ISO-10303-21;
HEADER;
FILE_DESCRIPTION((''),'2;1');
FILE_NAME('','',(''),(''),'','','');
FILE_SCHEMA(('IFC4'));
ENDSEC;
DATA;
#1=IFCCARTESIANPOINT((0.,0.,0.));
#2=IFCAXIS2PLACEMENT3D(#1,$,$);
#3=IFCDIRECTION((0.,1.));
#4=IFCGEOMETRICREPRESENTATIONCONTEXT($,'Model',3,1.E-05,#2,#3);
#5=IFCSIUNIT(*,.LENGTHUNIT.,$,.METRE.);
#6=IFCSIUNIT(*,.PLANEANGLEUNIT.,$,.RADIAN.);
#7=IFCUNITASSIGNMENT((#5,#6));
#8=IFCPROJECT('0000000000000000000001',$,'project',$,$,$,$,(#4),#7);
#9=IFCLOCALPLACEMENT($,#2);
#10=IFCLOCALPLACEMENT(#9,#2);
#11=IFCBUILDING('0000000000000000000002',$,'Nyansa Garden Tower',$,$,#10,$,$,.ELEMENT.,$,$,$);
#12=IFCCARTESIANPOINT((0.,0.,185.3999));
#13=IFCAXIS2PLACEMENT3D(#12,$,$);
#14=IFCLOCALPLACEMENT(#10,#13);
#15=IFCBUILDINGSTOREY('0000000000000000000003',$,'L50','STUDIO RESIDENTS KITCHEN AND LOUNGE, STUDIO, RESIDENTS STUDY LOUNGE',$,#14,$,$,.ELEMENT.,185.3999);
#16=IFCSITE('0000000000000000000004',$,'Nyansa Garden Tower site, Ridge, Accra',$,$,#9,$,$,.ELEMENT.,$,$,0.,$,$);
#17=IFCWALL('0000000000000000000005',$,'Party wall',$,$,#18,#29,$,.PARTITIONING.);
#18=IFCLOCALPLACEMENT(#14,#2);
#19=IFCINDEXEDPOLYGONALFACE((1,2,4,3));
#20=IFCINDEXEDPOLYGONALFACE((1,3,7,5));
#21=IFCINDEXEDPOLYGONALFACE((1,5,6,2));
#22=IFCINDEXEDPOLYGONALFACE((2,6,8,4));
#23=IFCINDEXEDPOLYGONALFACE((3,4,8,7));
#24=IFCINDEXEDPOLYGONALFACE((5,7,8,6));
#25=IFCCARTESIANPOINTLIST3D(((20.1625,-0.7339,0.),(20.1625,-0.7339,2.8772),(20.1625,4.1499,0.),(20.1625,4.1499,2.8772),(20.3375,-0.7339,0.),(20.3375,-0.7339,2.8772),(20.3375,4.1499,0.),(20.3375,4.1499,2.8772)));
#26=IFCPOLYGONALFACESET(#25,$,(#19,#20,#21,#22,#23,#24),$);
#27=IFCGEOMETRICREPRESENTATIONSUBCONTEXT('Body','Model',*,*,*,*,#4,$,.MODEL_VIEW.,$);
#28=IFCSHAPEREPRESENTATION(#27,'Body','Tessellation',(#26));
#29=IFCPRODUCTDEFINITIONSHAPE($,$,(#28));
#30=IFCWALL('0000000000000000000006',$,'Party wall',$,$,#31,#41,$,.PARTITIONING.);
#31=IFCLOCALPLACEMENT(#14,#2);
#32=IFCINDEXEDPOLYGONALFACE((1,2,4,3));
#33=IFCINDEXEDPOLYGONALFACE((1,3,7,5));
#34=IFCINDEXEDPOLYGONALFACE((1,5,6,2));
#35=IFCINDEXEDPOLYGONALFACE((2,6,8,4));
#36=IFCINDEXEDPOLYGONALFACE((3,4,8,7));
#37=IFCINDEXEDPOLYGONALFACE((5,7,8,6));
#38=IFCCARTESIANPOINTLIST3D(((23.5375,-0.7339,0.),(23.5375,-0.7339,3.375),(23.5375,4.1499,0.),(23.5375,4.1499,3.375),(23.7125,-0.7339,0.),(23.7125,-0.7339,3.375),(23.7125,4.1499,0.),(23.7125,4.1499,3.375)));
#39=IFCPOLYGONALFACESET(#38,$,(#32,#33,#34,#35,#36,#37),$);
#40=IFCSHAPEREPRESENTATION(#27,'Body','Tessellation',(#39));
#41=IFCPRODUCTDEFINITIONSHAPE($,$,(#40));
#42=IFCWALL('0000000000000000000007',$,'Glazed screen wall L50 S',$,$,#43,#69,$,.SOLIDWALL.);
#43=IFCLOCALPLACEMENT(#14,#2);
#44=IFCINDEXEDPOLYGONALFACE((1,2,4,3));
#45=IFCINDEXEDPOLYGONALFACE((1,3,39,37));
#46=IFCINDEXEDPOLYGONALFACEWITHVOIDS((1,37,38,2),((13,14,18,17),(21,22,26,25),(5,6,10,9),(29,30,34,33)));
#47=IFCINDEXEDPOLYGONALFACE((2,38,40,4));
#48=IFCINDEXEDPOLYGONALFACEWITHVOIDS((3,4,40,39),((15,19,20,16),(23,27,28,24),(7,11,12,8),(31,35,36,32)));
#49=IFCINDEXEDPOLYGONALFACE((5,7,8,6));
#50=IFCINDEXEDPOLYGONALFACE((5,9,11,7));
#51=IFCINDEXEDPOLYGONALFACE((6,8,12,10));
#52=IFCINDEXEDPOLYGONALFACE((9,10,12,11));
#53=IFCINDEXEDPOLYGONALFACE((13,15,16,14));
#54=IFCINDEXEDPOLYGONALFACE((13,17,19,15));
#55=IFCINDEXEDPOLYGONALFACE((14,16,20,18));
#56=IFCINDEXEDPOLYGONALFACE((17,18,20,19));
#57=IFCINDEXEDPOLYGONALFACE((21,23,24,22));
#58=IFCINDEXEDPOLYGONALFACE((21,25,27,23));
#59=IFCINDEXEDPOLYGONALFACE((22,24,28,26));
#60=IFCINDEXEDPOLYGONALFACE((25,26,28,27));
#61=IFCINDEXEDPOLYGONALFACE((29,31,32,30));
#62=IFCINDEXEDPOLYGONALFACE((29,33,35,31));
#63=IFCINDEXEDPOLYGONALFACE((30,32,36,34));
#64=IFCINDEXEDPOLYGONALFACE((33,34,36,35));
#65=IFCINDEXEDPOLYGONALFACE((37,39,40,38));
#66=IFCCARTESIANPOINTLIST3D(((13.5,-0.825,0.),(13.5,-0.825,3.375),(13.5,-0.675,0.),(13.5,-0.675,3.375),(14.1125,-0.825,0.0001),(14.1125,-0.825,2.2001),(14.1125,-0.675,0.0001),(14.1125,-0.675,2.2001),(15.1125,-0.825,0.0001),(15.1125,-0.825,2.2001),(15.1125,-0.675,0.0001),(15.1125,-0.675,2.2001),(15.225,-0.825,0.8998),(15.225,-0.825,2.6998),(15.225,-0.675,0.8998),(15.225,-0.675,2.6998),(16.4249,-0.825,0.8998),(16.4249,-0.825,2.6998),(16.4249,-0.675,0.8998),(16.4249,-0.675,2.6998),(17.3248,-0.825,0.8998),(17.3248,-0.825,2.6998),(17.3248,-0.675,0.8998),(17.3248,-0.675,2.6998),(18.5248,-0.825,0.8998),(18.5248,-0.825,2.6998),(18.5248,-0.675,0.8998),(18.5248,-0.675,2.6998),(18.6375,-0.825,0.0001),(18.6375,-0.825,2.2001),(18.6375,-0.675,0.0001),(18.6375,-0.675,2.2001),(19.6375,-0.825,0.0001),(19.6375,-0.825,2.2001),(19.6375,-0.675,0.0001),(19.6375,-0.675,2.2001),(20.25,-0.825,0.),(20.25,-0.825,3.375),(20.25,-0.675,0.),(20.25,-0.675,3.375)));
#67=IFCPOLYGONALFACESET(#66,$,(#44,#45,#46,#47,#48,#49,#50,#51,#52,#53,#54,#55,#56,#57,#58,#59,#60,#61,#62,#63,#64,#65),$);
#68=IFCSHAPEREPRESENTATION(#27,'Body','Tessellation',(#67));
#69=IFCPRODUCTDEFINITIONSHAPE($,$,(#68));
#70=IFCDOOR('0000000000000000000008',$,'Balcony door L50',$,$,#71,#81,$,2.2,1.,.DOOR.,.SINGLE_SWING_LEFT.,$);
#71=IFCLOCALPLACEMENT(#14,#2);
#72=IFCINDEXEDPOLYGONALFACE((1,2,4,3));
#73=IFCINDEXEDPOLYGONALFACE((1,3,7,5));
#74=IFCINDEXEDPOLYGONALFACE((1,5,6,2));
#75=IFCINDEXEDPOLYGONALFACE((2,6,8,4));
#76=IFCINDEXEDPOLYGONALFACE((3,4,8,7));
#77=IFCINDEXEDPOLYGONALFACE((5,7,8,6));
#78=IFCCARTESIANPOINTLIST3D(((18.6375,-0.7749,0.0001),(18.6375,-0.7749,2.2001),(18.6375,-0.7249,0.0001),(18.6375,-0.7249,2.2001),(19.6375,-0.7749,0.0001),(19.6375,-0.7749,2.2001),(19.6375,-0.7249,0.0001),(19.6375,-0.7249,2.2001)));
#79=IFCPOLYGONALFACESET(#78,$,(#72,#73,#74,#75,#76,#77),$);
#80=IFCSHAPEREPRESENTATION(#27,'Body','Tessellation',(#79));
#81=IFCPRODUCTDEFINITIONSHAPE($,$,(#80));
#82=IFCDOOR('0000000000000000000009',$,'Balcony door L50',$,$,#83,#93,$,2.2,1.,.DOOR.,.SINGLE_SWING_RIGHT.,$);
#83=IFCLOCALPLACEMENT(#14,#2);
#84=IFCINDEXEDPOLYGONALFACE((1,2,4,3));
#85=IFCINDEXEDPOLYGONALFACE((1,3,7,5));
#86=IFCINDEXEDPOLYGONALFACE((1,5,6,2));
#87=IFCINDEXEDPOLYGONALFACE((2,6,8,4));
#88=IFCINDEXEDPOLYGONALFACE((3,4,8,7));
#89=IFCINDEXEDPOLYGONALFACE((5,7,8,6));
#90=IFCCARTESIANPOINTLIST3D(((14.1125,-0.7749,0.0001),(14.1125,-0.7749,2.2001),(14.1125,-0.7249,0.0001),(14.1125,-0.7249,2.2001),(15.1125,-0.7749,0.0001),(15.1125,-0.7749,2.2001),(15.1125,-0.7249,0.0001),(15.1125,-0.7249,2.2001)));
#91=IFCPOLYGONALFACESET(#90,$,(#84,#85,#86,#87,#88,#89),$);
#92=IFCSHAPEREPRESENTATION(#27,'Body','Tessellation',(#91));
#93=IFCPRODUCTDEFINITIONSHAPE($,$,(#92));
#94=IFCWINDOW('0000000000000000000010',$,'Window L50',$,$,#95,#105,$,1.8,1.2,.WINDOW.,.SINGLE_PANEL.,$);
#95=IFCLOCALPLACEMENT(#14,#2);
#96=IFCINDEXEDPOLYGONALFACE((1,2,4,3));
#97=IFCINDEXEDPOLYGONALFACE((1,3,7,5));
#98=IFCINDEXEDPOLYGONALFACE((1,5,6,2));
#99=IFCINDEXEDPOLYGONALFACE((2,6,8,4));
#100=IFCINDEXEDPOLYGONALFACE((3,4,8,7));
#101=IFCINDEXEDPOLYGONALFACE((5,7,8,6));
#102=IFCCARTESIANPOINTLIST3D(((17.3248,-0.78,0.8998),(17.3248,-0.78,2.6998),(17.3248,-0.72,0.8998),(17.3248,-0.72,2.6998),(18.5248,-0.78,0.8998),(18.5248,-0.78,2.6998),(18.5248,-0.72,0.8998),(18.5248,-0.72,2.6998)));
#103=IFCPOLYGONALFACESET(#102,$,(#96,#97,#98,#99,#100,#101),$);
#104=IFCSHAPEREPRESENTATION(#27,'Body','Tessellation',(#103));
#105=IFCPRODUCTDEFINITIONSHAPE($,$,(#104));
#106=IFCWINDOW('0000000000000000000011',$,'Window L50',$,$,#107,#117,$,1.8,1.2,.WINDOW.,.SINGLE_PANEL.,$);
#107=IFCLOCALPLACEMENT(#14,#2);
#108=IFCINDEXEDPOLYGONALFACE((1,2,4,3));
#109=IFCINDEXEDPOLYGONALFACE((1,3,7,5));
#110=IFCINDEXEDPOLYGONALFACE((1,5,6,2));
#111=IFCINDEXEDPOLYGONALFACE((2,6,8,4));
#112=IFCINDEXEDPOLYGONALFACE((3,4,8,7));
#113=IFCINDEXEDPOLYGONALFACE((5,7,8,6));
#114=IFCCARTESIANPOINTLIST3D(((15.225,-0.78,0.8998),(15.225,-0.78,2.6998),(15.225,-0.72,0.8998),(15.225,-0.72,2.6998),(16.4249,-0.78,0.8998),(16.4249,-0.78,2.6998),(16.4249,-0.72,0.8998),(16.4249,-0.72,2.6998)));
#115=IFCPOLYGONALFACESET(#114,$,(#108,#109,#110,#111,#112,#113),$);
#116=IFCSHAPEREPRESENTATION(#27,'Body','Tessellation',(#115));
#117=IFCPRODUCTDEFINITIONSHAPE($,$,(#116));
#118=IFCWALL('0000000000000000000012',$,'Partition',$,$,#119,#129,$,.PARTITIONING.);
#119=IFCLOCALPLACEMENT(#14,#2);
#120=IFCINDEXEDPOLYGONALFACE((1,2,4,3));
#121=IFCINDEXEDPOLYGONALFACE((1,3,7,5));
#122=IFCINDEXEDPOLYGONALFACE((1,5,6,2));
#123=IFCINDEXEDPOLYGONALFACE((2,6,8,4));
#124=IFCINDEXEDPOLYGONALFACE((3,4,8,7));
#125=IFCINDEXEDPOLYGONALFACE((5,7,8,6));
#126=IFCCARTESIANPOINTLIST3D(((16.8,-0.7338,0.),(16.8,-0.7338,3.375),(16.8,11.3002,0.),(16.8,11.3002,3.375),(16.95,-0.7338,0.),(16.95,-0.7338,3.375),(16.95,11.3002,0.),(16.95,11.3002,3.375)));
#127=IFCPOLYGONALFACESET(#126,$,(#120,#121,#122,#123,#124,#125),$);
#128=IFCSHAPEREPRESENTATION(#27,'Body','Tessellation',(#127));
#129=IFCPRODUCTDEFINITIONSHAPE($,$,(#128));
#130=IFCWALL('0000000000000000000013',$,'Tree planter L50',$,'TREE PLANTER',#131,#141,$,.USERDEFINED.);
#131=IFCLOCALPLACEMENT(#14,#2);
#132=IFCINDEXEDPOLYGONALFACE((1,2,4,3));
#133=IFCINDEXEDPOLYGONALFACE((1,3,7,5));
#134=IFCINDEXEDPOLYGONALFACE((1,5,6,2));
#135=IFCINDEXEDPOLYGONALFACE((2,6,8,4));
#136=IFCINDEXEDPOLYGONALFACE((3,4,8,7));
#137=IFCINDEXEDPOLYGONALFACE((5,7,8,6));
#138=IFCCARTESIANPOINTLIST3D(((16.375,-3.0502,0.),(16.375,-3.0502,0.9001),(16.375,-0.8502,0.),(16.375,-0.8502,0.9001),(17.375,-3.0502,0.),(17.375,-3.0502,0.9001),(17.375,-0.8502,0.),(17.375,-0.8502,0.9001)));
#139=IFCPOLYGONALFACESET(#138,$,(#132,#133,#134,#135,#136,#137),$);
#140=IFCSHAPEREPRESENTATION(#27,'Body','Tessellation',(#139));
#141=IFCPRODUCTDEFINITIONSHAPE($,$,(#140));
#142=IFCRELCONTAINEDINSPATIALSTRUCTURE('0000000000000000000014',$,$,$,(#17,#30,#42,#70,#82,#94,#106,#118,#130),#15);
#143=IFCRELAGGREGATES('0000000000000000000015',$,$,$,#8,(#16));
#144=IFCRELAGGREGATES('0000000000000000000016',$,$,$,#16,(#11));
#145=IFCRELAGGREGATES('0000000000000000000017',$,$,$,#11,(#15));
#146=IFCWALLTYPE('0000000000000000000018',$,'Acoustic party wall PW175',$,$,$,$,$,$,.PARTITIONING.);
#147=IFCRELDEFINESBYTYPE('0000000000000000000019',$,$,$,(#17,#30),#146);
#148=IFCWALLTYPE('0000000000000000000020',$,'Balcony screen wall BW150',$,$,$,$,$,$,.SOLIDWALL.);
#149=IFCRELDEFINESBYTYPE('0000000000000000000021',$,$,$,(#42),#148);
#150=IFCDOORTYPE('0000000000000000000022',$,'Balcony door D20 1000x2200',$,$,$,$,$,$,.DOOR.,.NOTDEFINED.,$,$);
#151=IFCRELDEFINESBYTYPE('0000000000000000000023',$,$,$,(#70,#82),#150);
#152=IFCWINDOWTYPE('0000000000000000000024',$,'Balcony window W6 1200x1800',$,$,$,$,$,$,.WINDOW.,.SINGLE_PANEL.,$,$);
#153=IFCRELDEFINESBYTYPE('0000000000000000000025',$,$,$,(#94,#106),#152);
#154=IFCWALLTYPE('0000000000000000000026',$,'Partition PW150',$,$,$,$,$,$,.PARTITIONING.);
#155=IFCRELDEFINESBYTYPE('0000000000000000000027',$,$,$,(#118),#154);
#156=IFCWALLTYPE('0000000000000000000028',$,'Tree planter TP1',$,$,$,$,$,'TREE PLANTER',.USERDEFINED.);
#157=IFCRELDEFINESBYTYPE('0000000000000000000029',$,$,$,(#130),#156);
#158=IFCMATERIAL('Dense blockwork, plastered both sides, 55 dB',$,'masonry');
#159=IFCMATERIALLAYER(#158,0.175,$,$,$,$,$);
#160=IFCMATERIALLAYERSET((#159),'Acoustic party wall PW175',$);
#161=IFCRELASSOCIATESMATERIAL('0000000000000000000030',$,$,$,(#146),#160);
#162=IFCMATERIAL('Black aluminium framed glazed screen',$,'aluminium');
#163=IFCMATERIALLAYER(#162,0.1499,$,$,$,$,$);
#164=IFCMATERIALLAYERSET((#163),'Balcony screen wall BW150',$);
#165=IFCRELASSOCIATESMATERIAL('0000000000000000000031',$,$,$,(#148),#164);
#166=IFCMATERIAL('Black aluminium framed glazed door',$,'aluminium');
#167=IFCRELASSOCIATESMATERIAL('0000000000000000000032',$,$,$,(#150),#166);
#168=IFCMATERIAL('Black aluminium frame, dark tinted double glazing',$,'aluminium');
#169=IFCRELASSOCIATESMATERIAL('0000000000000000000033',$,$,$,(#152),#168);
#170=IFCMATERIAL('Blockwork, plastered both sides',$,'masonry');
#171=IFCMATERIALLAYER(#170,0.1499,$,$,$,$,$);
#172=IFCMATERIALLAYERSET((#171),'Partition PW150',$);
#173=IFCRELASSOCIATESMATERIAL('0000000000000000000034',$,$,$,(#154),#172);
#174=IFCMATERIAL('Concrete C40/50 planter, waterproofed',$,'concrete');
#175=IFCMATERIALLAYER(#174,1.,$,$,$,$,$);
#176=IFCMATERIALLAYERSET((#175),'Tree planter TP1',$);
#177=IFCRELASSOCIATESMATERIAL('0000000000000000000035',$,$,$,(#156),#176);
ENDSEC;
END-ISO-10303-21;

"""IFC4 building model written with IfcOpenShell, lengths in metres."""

from ifc_helpers import new_model, si_unit, direction, frame, frame_2d, origin, place, context, subcontext, project, spatial, rectangle, extrude, material, layer, layer_set, type_object, element, fill, save


model = new_model("IFC4")

# Units and contexts
model_context = context("Model", 3, precision=1e-05, world=origin(), true_north=direction((0.0, 1.0)))
body_context = subcontext(model_context, "Body", "Model", "MODEL_VIEW")
ifc_project = project(units=[si_unit("LENGTHUNIT", "METRE"), si_unit("PLANEANGLEUNIT", "RADIAN")], contexts=[model_context])

# Site, building, storey
site_placement = place(None, origin())
site = spatial("IfcSite", under=ifc_project, at=site_placement, Name="Nyansa Garden Tower site, Ridge, Accra", CompositionType="ELEMENT", RefElevation=0.0)
building_placement = place(site_placement, origin())
building = spatial("IfcBuilding", under=site, at=building_placement, Name="Nyansa Garden Tower", CompositionType="ELEMENT")
storey_placement = place(building_placement, frame((0.0, 0.0, 185.3999)))
storey = spatial("IfcBuildingStorey", under=building, at=storey_placement, Name="L50", Description="STUDIO RESIDENTS KITCHEN AND LOUNGE, STUDIO, RESIDENTS STUDY LOUNGE", CompositionType="ELEMENT", Elevation=185.3999)

# Walls
ifc_material_1 = material(Name="Dense blockwork, plastered both sides, 55 dB", Category="masonry")
ifc_layer_1 = layer(ifc_material_1, 0.175)
ifc_layer_set_1 = layer_set([ifc_layer_1], Name="Acoustic party wall PW175")
wall_type_1 = type_object("IfcWallType", Name="Acoustic party wall PW175", PredefinedType="PARTITIONING", material=ifc_layer_set_1)
wall_1_placement = place(storey_placement, frame((20.25, -0.7339, 0.0), z_axis=(0.0, 0.0, 1.0), x_axis=(0.0, 1.0, 0.0)))
element("IfcWall", 1, at=wall_1_placement, inside=storey, type_object=wall_type_1, Name="Party wall", PredefinedType="PARTITIONING", context=body_context, shape_type="SweptSolid", body=[
    extrude(rectangle(XDim=4.8838, YDim=0.175, at=frame_2d((2.4419, 0.0))), origin(), (0.0, 0.0, 1.0), 2.8772),
])
wall_2_placement = place(storey_placement, frame((23.625, -0.7339, 0.0), z_axis=(0.0, 0.0, 1.0), x_axis=(0.0, 1.0, 0.0)))
element("IfcWall", 2, at=wall_2_placement, inside=storey, type_object=wall_type_1, Name="Party wall", PredefinedType="PARTITIONING", context=body_context, shape_type="SweptSolid", body=[
    extrude(rectangle(XDim=4.8838, YDim=0.175, at=frame_2d((2.4419, 0.0))), origin(), (0.0, 0.0, 1.0), 3.375),
])

# Wall, openings, doors, windows
ifc_material_2 = material(Name="Black aluminium framed glazed screen", Category="aluminium")
ifc_layer_2 = layer(ifc_material_2, 0.1499)
ifc_layer_set_2 = layer_set([ifc_layer_2], Name="Balcony screen wall BW150")
wall_type_2 = type_object("IfcWallType", Name="Balcony screen wall BW150", PredefinedType="SOLIDWALL", material=ifc_layer_set_2)
wall_3_placement = place(storey_placement, frame((20.25, -0.75, 0.0), z_axis=(0.0, 0.0, 1.0), x_axis=(-1.0, 0.0, 0.0)))
wall_3 = element("IfcWall", 3, at=wall_3_placement, inside=storey, type_object=wall_type_2, Name="Glazed screen wall L50 S", PredefinedType="SOLIDWALL", context=body_context, shape_type="SweptSolid", body=[
    extrude(rectangle(XDim=6.75, YDim=0.1499, at=frame_2d((3.375, 0.0))), origin(), (0.0, 0.0, 1.0), 3.375),
])
opening_1_placement = place(wall_3_placement, frame((0.6125, 0.0, 0.0)))
opening_1 = element("IfcOpeningElement", 4, at=opening_1_placement, cuts=wall_3, PredefinedType="OPENING", context=body_context, shape_type="SweptSolid", body=[
    extrude(rectangle(XDim=1.0, YDim=2.2, at=frame_2d((0.5, 1.1001))), frame((0.0, 0.085, 0.0), z_axis=(0.0, -1.0, 0.0), x_axis=(1.0, 0.0, 0.0)), (0.0, 0.0, 1.0), 0.1699),
])
opening_2_placement = place(wall_3_placement, frame((1.7251, 0.0, 0.8999)))
opening_2 = element("IfcOpeningElement", 5, at=opening_2_placement, cuts=wall_3, PredefinedType="OPENING", context=body_context, shape_type="SweptSolid", body=[
    extrude(rectangle(XDim=1.2, YDim=1.8, at=frame_2d((0.6001, 0.8999))), frame((0.0, 0.085, 0.0), z_axis=(0.0, -1.0, 0.0), x_axis=(1.0, 0.0, 0.0)), (0.0, 0.0, 1.0), 0.1699),
])
opening_3_placement = place(wall_3_placement, frame((5.1375, 0.0, 0.0)))
opening_3 = element("IfcOpeningElement", 6, at=opening_3_placement, cuts=wall_3, PredefinedType="OPENING", context=body_context, shape_type="SweptSolid", body=[
    extrude(rectangle(XDim=1.0, YDim=2.2, at=frame_2d((0.5, 1.1001))), frame((0.0, 0.085, 0.0), z_axis=(0.0, -1.0, 0.0), x_axis=(1.0, 0.0, 0.0)), (0.0, 0.0, 1.0), 0.1699),
])
opening_4_placement = place(wall_3_placement, frame((3.825, 0.0, 0.8999)))
opening_4 = element("IfcOpeningElement", 7, at=opening_4_placement, cuts=wall_3, PredefinedType="OPENING", context=body_context, shape_type="SweptSolid", body=[
    extrude(rectangle(XDim=1.2, YDim=1.8, at=frame_2d((0.6001, 0.8999))), frame((0.0, 0.085, 0.0), z_axis=(0.0, -1.0, 0.0), x_axis=(1.0, 0.0, 0.0)), (0.0, 0.0, 1.0), 0.1699),
])
ifc_material_3 = material(Name="Black aluminium framed glazed door", Category="aluminium")
door_type_1 = type_object("IfcDoorType", Name="Balcony door D20 1000x2200", OperationType="NOTDEFINED", PredefinedType="DOOR", material=ifc_material_3)
door_1_placement = place(opening_1_placement, origin())
door_1 = element("IfcDoor", 8, at=door_1_placement, inside=storey, type_object=door_type_1, Name="Balcony door L50", OperationType="SINGLE_SWING_LEFT", OverallHeight=2.2, OverallWidth=1.0, PredefinedType="DOOR", context=body_context, shape_type="SweptSolid", body=[
    extrude(rectangle(XDim=1.0, YDim=2.2, at=frame_2d((0.5, 1.1001))), frame((0.0, 0.0249, 0.0), z_axis=(0.0, -1.0, 0.0), x_axis=(1.0, 0.0, 0.0)), (0.0, 0.0, 1.0), 0.05),
])
fill(opening_1, door_1)
door_2_placement = place(opening_3_placement, origin())
door_2 = element("IfcDoor", 9, at=door_2_placement, inside=storey, type_object=door_type_1, Name="Balcony door L50", OperationType="SINGLE_SWING_RIGHT", OverallHeight=2.2, OverallWidth=1.0, PredefinedType="DOOR", context=body_context, shape_type="SweptSolid", body=[
    extrude(rectangle(XDim=1.0, YDim=2.2, at=frame_2d((0.5, 1.1001))), frame((0.0, 0.0249, 0.0), z_axis=(0.0, -1.0, 0.0), x_axis=(1.0, 0.0, 0.0)), (0.0, 0.0, 1.0), 0.05),
])
fill(opening_3, door_2)
ifc_material_4 = material(Name="Black aluminium frame, dark tinted double glazing", Category="aluminium")
window_type = type_object("IfcWindowType", Name="Balcony window W6 1200x1800", PartitioningType="SINGLE_PANEL", PredefinedType="WINDOW", material=ifc_material_4)
window_1_placement = place(opening_2_placement, origin())
window_1 = element("IfcWindow", 10, at=window_1_placement, inside=storey, type_object=window_type, Name="Window L50", OverallHeight=1.8, OverallWidth=1.2, PartitioningType="SINGLE_PANEL", PredefinedType="WINDOW", context=body_context, shape_type="SweptSolid", body=[
    extrude(rectangle(XDim=1.2, YDim=1.8, at=frame_2d((0.6001, 0.8999))), frame((0.0, 0.03, 0.0), z_axis=(0.0, -1.0, 0.0), x_axis=(1.0, 0.0, 0.0)), (0.0, 0.0, 1.0), 0.0601),
])
fill(opening_2, window_1)
window_2_placement = place(opening_4_placement, origin())
window_2 = element("IfcWindow", 11, at=window_2_placement, inside=storey, type_object=window_type, Name="Window L50", OverallHeight=1.8, OverallWidth=1.2, PartitioningType="SINGLE_PANEL", PredefinedType="WINDOW", context=body_context, shape_type="SweptSolid", body=[
    extrude(rectangle(XDim=1.2, YDim=1.8, at=frame_2d((0.6001, 0.8999))), frame((0.0, 0.03, 0.0), z_axis=(0.0, -1.0, 0.0), x_axis=(1.0, 0.0, 0.0)), (0.0, 0.0, 1.0), 0.0601),
])
fill(opening_4, window_2)

# Walls
ifc_material_5 = material(Name="Blockwork, plastered both sides", Category="masonry")
ifc_layer_3 = layer(ifc_material_5, 0.1499)
ifc_layer_set_3 = layer_set([ifc_layer_3], Name="Partition PW150")
wall_type_3 = type_object("IfcWallType", Name="Partition PW150", PredefinedType="PARTITIONING", material=ifc_layer_set_3)
wall_4_placement = place(storey_placement, frame((16.875, -0.7339, 0.0), z_axis=(0.0, 0.0, 1.0), x_axis=(0.0, 1.0, 0.0)))
element("IfcWall", 12, at=wall_4_placement, inside=storey, type_object=wall_type_3, Name="Partition", PredefinedType="PARTITIONING", context=body_context, shape_type="SweptSolid", body=[
    extrude(rectangle(XDim=12.0339, YDim=0.1499, at=frame_2d((6.0171, 0.0))), origin(), (0.0, 0.0, 1.0), 3.375),
])
ifc_material_6 = material(Name="Concrete C40/50 planter, waterproofed", Category="concrete")
ifc_layer_4 = layer(ifc_material_6, 1.0)
ifc_layer_set_4 = layer_set([ifc_layer_4], Name="Tree planter TP1")
wall_type_4 = type_object("IfcWallType", Name="Tree planter TP1", ElementType="TREE PLANTER", PredefinedType="USERDEFINED", material=ifc_layer_set_4)
wall_5_placement = place(storey_placement, frame((16.875, -0.8501, 0.0), z_axis=(0.0, 0.0, 1.0), x_axis=(0.0, -1.0, 0.0)))
element("IfcWall", 13, at=wall_5_placement, inside=storey, type_object=wall_type_4, Name="Tree planter L50", ObjectType="TREE PLANTER", PredefinedType="USERDEFINED", context=body_context, shape_type="SweptSolid", body=[
    extrude(rectangle(XDim=2.2, YDim=1.0, at=frame_2d((1.1001, 0.0))), origin(), (0.0, 0.0, 1.0), 0.9001),
])

save(model, "model.ifc")
